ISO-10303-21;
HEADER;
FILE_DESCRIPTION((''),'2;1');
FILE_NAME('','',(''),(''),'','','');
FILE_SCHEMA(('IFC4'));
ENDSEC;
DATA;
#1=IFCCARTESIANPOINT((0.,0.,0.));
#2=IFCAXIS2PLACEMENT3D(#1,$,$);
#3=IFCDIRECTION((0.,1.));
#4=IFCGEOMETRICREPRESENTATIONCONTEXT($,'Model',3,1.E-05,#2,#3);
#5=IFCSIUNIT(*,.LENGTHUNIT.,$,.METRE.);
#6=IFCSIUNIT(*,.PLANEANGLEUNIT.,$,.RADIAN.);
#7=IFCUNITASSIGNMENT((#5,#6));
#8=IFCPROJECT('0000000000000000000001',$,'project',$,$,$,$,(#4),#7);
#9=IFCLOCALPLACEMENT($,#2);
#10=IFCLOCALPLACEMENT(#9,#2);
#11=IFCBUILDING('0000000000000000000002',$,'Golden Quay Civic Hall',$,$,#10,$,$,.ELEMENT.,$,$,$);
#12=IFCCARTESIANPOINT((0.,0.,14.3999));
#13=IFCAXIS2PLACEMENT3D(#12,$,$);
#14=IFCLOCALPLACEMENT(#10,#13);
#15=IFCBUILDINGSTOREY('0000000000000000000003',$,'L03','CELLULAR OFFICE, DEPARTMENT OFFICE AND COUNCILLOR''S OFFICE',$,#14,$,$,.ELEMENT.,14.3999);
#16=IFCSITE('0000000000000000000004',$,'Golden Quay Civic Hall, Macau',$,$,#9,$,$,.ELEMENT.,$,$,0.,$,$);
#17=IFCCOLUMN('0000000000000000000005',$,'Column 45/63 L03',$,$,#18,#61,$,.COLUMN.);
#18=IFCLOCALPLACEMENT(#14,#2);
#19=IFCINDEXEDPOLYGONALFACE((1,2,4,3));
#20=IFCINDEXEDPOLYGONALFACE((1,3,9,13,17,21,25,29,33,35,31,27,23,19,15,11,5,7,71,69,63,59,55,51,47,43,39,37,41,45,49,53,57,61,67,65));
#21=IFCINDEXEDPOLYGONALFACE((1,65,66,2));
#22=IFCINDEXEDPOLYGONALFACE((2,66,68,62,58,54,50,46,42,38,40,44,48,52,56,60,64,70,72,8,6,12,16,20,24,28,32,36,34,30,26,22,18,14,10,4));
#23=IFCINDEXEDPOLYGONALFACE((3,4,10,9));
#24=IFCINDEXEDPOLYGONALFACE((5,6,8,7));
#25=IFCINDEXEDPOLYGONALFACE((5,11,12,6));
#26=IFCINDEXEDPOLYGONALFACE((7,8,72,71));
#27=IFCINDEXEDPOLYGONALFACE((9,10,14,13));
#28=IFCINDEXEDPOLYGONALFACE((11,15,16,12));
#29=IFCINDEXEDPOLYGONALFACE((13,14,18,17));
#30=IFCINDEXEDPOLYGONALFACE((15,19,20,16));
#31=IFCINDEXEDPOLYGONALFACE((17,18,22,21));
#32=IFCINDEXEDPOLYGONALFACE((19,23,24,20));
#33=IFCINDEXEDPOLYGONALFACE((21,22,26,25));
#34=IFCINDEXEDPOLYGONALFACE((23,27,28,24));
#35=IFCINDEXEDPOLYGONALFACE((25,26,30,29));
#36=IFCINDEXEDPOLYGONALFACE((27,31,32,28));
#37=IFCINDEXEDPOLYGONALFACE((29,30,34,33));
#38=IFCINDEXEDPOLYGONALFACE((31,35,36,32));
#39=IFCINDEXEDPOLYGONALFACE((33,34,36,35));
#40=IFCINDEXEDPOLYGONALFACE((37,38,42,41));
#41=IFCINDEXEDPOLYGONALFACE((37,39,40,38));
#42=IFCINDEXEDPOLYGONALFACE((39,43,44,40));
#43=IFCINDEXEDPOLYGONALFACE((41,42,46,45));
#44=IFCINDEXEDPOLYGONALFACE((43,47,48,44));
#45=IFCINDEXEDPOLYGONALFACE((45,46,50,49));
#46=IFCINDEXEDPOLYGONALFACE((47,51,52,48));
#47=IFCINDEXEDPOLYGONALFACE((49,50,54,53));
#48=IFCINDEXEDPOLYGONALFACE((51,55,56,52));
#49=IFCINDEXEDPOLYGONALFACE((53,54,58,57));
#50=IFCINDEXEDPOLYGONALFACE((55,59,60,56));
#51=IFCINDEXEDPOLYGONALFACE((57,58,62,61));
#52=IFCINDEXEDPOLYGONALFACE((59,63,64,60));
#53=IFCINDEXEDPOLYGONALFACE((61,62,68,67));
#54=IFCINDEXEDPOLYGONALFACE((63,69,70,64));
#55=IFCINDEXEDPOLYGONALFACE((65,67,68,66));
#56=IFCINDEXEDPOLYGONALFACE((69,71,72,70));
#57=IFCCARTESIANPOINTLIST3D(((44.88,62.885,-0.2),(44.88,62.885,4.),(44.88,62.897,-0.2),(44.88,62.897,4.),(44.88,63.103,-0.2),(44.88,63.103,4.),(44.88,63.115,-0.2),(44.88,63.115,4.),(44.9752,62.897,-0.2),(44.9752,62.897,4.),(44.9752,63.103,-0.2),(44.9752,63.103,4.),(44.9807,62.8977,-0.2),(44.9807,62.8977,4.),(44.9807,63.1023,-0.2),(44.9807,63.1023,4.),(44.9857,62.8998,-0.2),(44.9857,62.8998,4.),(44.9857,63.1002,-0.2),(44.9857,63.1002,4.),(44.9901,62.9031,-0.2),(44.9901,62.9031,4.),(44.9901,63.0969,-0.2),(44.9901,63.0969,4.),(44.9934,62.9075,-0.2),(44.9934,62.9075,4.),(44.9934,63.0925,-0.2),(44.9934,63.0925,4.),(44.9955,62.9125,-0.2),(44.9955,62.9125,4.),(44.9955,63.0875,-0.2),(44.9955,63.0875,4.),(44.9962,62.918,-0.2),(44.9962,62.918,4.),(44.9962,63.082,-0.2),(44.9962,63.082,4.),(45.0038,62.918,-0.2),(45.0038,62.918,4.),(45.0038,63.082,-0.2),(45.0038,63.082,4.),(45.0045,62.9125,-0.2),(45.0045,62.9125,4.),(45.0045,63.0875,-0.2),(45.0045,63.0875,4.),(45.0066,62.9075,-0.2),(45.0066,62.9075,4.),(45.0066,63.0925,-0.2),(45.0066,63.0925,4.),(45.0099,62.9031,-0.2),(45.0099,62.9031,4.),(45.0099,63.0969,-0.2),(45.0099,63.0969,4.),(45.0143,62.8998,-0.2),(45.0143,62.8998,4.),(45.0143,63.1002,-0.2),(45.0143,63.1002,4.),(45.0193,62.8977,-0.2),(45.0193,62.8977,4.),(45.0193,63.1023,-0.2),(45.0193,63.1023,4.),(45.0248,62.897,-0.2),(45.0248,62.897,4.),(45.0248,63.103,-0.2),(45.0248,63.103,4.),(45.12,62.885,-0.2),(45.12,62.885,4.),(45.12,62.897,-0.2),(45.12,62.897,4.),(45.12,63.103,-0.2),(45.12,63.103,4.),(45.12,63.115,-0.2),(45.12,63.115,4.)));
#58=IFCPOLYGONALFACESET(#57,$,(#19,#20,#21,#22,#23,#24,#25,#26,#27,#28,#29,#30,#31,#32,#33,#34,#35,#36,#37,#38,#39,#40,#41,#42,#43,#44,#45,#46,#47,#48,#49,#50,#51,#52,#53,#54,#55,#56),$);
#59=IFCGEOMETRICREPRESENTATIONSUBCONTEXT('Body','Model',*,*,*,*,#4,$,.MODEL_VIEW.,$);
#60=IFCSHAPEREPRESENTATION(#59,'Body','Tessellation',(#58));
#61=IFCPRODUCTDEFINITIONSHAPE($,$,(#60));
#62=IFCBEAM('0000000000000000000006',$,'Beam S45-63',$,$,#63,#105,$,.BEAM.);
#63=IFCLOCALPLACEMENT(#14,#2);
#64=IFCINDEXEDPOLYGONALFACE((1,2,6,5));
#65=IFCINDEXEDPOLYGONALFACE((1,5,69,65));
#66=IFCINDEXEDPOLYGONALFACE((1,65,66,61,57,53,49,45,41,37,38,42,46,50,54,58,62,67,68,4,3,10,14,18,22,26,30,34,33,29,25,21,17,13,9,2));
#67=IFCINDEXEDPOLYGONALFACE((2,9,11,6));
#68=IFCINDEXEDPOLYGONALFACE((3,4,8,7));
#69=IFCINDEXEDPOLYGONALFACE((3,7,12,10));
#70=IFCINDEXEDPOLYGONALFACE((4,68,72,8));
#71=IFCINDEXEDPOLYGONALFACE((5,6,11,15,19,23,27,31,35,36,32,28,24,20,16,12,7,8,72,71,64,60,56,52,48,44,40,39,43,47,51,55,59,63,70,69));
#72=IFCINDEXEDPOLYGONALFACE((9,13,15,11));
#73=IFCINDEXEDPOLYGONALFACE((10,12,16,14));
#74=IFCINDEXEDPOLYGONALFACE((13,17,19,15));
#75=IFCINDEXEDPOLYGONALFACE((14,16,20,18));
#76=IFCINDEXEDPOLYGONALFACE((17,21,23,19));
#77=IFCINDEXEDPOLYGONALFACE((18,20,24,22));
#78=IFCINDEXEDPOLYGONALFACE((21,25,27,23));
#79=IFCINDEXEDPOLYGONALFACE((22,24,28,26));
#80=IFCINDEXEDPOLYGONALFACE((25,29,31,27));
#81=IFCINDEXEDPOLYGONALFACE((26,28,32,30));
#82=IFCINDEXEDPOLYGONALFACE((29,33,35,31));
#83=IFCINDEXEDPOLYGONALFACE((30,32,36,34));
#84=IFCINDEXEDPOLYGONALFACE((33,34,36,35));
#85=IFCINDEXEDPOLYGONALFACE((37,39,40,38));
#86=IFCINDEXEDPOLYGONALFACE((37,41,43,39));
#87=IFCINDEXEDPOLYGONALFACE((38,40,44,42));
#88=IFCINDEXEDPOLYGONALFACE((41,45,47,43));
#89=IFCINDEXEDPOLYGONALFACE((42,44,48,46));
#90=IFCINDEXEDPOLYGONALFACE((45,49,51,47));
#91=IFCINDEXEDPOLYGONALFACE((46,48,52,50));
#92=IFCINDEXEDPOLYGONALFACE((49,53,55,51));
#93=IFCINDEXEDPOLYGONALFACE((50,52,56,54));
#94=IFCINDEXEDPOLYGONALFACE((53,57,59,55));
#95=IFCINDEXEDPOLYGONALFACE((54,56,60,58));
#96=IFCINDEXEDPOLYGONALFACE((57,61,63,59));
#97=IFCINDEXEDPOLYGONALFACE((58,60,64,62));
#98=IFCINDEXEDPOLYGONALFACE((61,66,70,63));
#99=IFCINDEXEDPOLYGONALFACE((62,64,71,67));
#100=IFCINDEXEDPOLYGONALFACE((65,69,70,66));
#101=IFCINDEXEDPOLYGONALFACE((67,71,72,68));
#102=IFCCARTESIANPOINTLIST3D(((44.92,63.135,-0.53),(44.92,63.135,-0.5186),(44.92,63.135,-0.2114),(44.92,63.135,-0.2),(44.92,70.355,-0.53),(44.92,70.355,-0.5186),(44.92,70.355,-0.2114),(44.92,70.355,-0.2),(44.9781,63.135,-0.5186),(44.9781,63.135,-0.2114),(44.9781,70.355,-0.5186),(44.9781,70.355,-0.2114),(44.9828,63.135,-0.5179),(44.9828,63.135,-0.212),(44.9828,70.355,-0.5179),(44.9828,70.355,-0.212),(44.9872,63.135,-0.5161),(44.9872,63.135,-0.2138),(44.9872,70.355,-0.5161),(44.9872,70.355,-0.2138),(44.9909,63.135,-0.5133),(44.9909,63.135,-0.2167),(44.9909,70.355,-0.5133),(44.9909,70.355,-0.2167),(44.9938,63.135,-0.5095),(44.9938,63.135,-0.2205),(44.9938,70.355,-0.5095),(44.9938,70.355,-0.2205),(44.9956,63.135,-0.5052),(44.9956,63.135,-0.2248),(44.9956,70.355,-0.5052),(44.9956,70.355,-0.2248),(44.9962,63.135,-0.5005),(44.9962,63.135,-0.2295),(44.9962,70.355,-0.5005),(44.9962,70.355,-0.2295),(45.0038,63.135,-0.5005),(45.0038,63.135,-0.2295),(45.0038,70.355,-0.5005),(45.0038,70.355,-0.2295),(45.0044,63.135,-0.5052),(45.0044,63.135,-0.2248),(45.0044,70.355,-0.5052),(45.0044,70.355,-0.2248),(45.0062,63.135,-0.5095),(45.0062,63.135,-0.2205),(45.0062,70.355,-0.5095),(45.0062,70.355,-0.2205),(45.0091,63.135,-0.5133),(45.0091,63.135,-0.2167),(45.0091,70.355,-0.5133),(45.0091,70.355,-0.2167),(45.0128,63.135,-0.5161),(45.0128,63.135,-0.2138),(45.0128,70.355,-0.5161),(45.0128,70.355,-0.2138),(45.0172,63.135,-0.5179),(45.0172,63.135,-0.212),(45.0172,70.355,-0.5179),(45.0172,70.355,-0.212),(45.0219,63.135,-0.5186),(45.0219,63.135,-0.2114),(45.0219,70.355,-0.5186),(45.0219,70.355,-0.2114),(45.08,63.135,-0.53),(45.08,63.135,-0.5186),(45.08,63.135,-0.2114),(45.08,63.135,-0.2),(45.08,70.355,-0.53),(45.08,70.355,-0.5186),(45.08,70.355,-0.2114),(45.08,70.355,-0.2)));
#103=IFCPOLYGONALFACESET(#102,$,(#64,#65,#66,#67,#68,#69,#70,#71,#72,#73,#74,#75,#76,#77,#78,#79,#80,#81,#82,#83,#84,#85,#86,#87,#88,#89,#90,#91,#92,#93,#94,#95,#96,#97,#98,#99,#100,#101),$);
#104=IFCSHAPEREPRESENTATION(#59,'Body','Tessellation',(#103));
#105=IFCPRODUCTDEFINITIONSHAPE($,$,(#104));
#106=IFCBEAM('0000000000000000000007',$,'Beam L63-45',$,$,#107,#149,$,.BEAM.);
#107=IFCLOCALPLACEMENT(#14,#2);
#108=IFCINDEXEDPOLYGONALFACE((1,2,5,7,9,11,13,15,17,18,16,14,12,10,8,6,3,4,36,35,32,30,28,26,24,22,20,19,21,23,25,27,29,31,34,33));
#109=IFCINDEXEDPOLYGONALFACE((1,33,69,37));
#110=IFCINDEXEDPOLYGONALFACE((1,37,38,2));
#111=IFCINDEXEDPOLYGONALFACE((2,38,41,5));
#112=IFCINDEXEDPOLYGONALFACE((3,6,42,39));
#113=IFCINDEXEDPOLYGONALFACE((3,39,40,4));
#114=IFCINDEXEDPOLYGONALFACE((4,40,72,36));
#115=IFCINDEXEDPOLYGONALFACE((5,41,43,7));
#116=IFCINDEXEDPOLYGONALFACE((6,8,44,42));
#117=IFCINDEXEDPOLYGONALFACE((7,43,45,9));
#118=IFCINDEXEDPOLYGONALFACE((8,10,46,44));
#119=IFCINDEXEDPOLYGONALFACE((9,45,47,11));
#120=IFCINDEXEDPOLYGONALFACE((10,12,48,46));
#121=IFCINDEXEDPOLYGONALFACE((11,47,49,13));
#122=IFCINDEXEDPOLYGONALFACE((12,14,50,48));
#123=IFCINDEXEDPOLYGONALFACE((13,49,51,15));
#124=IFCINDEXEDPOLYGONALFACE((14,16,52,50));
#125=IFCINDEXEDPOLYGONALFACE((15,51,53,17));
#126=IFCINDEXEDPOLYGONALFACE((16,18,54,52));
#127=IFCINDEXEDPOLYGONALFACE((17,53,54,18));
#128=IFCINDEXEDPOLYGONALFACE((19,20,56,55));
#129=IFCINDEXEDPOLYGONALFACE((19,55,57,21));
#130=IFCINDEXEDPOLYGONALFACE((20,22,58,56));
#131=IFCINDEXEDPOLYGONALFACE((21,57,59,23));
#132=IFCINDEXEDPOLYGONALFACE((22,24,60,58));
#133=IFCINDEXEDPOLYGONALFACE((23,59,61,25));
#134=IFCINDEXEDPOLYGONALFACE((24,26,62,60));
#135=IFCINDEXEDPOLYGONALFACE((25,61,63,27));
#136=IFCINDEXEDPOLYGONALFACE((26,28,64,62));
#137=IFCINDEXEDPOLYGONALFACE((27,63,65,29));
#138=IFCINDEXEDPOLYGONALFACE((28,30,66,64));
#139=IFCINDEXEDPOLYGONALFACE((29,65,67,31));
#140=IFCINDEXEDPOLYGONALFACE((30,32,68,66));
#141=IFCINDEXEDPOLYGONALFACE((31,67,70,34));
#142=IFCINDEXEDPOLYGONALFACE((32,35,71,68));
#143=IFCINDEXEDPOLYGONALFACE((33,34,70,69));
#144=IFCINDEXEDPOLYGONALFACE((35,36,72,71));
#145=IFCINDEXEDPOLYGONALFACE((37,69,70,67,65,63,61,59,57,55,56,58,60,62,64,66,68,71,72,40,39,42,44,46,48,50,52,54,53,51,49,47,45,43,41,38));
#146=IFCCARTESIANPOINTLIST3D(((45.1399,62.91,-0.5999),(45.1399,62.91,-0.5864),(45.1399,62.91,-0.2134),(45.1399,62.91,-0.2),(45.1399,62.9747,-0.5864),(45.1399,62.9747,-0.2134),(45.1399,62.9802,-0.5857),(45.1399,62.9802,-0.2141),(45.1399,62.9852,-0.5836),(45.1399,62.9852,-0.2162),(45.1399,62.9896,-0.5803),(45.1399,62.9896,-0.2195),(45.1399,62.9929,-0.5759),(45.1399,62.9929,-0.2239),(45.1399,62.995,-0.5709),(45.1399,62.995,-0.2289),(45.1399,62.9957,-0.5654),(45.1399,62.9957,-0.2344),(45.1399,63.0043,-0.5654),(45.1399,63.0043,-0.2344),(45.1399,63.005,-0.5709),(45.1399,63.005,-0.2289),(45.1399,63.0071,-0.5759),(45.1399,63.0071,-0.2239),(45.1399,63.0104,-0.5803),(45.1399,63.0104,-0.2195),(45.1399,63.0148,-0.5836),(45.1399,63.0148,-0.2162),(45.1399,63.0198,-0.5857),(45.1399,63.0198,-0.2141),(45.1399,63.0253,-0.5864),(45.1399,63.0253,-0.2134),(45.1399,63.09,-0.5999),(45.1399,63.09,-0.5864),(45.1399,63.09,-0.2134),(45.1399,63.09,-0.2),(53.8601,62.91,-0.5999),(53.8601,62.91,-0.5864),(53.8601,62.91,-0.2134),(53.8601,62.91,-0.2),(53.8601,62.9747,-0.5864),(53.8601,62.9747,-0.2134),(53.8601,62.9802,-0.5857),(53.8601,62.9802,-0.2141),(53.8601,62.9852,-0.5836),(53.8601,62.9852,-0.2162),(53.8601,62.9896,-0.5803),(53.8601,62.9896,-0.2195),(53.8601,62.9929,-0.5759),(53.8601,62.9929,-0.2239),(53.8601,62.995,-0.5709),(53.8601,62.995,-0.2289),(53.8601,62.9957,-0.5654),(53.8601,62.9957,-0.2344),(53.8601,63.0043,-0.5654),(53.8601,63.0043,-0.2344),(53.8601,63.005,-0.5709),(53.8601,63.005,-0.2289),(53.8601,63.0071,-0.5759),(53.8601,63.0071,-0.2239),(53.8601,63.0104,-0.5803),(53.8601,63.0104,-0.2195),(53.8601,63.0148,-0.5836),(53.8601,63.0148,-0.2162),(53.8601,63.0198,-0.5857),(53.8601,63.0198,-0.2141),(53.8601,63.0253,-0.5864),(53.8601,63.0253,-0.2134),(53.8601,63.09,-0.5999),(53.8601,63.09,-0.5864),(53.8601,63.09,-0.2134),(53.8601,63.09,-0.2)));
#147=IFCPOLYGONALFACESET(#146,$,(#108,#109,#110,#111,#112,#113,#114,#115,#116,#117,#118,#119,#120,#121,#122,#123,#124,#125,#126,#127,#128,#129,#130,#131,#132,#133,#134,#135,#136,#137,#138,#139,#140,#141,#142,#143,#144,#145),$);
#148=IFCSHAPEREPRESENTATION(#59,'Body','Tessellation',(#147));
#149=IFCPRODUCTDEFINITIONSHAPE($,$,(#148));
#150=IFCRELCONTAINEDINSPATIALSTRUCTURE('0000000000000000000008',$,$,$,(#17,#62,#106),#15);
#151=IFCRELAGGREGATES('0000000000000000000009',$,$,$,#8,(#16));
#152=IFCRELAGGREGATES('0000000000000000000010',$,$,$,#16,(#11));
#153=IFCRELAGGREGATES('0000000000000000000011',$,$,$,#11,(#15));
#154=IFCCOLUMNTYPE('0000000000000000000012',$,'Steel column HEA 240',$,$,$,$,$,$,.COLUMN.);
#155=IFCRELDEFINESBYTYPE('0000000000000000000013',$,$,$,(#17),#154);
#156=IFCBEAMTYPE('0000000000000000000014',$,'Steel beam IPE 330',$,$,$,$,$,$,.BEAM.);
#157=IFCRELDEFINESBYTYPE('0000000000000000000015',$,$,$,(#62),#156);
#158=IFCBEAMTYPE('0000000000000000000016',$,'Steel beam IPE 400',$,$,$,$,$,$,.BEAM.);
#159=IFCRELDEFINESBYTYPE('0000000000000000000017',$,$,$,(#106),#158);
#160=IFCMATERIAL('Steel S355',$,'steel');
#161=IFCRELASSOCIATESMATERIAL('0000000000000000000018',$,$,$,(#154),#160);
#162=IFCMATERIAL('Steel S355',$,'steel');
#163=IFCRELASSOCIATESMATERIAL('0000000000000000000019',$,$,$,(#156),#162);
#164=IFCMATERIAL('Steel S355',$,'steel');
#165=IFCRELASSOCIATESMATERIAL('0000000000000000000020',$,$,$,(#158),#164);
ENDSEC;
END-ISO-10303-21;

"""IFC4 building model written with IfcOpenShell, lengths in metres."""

from ifc_helpers import new_model, si_unit, direction, frame, origin, origin_2d, place, context, subcontext, project, spatial, i_section, extrude, material, material_profile, profile_set, type_object, element, save


model = new_model("IFC4")

# Units and contexts
model_context = context("Model", 3, precision=1e-05, world=origin(), true_north=direction((0.0, 1.0)))
body_context = subcontext(model_context, "Body", "Model", "MODEL_VIEW")
ifc_project = project(units=[si_unit("LENGTHUNIT", "METRE"), si_unit("PLANEANGLEUNIT", "RADIAN")], contexts=[model_context])

# Site, building, storey
site_placement = place(None, origin())
site = spatial("IfcSite", under=ifc_project, at=site_placement, Name="Golden Quay Civic Hall, Macau", CompositionType="ELEMENT", RefElevation=0.0)
building_placement = place(site_placement, origin())
building = spatial("IfcBuilding", under=site, at=building_placement, Name="Golden Quay Civic Hall", CompositionType="ELEMENT")
storey_placement = place(building_placement, frame((0.0, 0.0, 14.3999)))
storey = spatial("IfcBuildingStorey", under=building, at=storey_placement, Name="L03", Description="CELLULAR OFFICE, DEPARTMENT OFFICE AND COUNCILLOR'S OFFICE", CompositionType="ELEMENT", Elevation=14.3999)

# Column
ifc_material_1 = material(Name="Steel S355", Category="steel")
ifc_material_profile_1 = material_profile(ifc_material_1, i_section(OverallWidth=0.24, OverallDepth=0.23, WebThickness=0.0076, FlangeThickness=0.012, FilletRadius=0.021, at=origin_2d()), Name="HEA 240")
ifc_profile_set_1 = profile_set([ifc_material_profile_1], Name="Steel S355")
column_type = type_object("IfcColumnType", Name="Steel column HEA 240", PredefinedType="COLUMN", material=ifc_profile_set_1)
column_placement = place(storey_placement, frame((45.0, 63.0, -0.2), z_axis=(0.0, 0.0, 1.0), x_axis=(1.0, 0.0, 0.0)))
element("IfcColumn", 1, at=column_placement, inside=storey, type_object=column_type, Name="Column 45/63 L03", PredefinedType="COLUMN", context=body_context, shape_type="SweptSolid", body=[
    extrude(i_section(OverallWidth=0.24, OverallDepth=0.23, WebThickness=0.0076, FlangeThickness=0.012, FilletRadius=0.021, at=origin_2d()), origin(), (0.0, 0.0, 1.0), 4.2),
])

# Beams
ifc_material_2 = material(Name="Steel S355", Category="steel")
ifc_material_profile_2 = material_profile(ifc_material_2, i_section(OverallWidth=0.1599, OverallDepth=0.3301, WebThickness=0.0076, FlangeThickness=0.0115, FilletRadius=0.0181, at=origin_2d()), Name="IPE 330")
ifc_profile_set_2 = profile_set([ifc_material_profile_2], Name="Steel S355")
beam_type_1 = type_object("IfcBeamType", Name="Steel beam IPE 330", PredefinedType="BEAM", material=ifc_profile_set_2)
beam_1_placement = place(storey_placement, frame((45.0, 63.135, -0.365), z_axis=(0.0, 1.0, 0.0), x_axis=(-1.0, 0.0, 0.0)))
element("IfcBeam", 2, at=beam_1_placement, inside=storey, type_object=beam_type_1, Name="Beam S45-63", PredefinedType="BEAM", context=body_context, shape_type="SweptSolid", body=[
    extrude(i_section(OverallWidth=0.1599, OverallDepth=0.3301, WebThickness=0.0076, FlangeThickness=0.0115, FilletRadius=0.0181, at=origin_2d()), origin(), (0.0, 0.0, 1.0), 7.22),
])
ifc_material_3 = material(Name="Steel S355", Category="steel")
ifc_material_profile_3 = material_profile(ifc_material_3, i_section(OverallWidth=0.1799, OverallDepth=0.3999, WebThickness=0.0085, FlangeThickness=0.0134, FilletRadius=0.021, at=origin_2d()), Name="IPE 400")
ifc_profile_set_3 = profile_set([ifc_material_profile_3], Name="Steel S355")
beam_type_2 = type_object("IfcBeamType", Name="Steel beam IPE 400", PredefinedType="BEAM", material=ifc_profile_set_3)
beam_2_placement = place(storey_placement, frame((45.1399, 63.0, -0.3999), z_axis=(1.0, 0.0, 0.0), x_axis=(0.0, 1.0, 0.0)))
element("IfcBeam", 3, at=beam_2_placement, inside=storey, type_object=beam_type_2, Name="Beam L63-45", PredefinedType="BEAM", context=body_context, shape_type="SweptSolid", body=[
    extrude(i_section(OverallWidth=0.1799, OverallDepth=0.3999, WebThickness=0.0085, FlangeThickness=0.0134, FilletRadius=0.021, at=origin_2d()), origin(), (0.0, 0.0, 1.0), 8.7202),
])

save(model, "model.ifc")
